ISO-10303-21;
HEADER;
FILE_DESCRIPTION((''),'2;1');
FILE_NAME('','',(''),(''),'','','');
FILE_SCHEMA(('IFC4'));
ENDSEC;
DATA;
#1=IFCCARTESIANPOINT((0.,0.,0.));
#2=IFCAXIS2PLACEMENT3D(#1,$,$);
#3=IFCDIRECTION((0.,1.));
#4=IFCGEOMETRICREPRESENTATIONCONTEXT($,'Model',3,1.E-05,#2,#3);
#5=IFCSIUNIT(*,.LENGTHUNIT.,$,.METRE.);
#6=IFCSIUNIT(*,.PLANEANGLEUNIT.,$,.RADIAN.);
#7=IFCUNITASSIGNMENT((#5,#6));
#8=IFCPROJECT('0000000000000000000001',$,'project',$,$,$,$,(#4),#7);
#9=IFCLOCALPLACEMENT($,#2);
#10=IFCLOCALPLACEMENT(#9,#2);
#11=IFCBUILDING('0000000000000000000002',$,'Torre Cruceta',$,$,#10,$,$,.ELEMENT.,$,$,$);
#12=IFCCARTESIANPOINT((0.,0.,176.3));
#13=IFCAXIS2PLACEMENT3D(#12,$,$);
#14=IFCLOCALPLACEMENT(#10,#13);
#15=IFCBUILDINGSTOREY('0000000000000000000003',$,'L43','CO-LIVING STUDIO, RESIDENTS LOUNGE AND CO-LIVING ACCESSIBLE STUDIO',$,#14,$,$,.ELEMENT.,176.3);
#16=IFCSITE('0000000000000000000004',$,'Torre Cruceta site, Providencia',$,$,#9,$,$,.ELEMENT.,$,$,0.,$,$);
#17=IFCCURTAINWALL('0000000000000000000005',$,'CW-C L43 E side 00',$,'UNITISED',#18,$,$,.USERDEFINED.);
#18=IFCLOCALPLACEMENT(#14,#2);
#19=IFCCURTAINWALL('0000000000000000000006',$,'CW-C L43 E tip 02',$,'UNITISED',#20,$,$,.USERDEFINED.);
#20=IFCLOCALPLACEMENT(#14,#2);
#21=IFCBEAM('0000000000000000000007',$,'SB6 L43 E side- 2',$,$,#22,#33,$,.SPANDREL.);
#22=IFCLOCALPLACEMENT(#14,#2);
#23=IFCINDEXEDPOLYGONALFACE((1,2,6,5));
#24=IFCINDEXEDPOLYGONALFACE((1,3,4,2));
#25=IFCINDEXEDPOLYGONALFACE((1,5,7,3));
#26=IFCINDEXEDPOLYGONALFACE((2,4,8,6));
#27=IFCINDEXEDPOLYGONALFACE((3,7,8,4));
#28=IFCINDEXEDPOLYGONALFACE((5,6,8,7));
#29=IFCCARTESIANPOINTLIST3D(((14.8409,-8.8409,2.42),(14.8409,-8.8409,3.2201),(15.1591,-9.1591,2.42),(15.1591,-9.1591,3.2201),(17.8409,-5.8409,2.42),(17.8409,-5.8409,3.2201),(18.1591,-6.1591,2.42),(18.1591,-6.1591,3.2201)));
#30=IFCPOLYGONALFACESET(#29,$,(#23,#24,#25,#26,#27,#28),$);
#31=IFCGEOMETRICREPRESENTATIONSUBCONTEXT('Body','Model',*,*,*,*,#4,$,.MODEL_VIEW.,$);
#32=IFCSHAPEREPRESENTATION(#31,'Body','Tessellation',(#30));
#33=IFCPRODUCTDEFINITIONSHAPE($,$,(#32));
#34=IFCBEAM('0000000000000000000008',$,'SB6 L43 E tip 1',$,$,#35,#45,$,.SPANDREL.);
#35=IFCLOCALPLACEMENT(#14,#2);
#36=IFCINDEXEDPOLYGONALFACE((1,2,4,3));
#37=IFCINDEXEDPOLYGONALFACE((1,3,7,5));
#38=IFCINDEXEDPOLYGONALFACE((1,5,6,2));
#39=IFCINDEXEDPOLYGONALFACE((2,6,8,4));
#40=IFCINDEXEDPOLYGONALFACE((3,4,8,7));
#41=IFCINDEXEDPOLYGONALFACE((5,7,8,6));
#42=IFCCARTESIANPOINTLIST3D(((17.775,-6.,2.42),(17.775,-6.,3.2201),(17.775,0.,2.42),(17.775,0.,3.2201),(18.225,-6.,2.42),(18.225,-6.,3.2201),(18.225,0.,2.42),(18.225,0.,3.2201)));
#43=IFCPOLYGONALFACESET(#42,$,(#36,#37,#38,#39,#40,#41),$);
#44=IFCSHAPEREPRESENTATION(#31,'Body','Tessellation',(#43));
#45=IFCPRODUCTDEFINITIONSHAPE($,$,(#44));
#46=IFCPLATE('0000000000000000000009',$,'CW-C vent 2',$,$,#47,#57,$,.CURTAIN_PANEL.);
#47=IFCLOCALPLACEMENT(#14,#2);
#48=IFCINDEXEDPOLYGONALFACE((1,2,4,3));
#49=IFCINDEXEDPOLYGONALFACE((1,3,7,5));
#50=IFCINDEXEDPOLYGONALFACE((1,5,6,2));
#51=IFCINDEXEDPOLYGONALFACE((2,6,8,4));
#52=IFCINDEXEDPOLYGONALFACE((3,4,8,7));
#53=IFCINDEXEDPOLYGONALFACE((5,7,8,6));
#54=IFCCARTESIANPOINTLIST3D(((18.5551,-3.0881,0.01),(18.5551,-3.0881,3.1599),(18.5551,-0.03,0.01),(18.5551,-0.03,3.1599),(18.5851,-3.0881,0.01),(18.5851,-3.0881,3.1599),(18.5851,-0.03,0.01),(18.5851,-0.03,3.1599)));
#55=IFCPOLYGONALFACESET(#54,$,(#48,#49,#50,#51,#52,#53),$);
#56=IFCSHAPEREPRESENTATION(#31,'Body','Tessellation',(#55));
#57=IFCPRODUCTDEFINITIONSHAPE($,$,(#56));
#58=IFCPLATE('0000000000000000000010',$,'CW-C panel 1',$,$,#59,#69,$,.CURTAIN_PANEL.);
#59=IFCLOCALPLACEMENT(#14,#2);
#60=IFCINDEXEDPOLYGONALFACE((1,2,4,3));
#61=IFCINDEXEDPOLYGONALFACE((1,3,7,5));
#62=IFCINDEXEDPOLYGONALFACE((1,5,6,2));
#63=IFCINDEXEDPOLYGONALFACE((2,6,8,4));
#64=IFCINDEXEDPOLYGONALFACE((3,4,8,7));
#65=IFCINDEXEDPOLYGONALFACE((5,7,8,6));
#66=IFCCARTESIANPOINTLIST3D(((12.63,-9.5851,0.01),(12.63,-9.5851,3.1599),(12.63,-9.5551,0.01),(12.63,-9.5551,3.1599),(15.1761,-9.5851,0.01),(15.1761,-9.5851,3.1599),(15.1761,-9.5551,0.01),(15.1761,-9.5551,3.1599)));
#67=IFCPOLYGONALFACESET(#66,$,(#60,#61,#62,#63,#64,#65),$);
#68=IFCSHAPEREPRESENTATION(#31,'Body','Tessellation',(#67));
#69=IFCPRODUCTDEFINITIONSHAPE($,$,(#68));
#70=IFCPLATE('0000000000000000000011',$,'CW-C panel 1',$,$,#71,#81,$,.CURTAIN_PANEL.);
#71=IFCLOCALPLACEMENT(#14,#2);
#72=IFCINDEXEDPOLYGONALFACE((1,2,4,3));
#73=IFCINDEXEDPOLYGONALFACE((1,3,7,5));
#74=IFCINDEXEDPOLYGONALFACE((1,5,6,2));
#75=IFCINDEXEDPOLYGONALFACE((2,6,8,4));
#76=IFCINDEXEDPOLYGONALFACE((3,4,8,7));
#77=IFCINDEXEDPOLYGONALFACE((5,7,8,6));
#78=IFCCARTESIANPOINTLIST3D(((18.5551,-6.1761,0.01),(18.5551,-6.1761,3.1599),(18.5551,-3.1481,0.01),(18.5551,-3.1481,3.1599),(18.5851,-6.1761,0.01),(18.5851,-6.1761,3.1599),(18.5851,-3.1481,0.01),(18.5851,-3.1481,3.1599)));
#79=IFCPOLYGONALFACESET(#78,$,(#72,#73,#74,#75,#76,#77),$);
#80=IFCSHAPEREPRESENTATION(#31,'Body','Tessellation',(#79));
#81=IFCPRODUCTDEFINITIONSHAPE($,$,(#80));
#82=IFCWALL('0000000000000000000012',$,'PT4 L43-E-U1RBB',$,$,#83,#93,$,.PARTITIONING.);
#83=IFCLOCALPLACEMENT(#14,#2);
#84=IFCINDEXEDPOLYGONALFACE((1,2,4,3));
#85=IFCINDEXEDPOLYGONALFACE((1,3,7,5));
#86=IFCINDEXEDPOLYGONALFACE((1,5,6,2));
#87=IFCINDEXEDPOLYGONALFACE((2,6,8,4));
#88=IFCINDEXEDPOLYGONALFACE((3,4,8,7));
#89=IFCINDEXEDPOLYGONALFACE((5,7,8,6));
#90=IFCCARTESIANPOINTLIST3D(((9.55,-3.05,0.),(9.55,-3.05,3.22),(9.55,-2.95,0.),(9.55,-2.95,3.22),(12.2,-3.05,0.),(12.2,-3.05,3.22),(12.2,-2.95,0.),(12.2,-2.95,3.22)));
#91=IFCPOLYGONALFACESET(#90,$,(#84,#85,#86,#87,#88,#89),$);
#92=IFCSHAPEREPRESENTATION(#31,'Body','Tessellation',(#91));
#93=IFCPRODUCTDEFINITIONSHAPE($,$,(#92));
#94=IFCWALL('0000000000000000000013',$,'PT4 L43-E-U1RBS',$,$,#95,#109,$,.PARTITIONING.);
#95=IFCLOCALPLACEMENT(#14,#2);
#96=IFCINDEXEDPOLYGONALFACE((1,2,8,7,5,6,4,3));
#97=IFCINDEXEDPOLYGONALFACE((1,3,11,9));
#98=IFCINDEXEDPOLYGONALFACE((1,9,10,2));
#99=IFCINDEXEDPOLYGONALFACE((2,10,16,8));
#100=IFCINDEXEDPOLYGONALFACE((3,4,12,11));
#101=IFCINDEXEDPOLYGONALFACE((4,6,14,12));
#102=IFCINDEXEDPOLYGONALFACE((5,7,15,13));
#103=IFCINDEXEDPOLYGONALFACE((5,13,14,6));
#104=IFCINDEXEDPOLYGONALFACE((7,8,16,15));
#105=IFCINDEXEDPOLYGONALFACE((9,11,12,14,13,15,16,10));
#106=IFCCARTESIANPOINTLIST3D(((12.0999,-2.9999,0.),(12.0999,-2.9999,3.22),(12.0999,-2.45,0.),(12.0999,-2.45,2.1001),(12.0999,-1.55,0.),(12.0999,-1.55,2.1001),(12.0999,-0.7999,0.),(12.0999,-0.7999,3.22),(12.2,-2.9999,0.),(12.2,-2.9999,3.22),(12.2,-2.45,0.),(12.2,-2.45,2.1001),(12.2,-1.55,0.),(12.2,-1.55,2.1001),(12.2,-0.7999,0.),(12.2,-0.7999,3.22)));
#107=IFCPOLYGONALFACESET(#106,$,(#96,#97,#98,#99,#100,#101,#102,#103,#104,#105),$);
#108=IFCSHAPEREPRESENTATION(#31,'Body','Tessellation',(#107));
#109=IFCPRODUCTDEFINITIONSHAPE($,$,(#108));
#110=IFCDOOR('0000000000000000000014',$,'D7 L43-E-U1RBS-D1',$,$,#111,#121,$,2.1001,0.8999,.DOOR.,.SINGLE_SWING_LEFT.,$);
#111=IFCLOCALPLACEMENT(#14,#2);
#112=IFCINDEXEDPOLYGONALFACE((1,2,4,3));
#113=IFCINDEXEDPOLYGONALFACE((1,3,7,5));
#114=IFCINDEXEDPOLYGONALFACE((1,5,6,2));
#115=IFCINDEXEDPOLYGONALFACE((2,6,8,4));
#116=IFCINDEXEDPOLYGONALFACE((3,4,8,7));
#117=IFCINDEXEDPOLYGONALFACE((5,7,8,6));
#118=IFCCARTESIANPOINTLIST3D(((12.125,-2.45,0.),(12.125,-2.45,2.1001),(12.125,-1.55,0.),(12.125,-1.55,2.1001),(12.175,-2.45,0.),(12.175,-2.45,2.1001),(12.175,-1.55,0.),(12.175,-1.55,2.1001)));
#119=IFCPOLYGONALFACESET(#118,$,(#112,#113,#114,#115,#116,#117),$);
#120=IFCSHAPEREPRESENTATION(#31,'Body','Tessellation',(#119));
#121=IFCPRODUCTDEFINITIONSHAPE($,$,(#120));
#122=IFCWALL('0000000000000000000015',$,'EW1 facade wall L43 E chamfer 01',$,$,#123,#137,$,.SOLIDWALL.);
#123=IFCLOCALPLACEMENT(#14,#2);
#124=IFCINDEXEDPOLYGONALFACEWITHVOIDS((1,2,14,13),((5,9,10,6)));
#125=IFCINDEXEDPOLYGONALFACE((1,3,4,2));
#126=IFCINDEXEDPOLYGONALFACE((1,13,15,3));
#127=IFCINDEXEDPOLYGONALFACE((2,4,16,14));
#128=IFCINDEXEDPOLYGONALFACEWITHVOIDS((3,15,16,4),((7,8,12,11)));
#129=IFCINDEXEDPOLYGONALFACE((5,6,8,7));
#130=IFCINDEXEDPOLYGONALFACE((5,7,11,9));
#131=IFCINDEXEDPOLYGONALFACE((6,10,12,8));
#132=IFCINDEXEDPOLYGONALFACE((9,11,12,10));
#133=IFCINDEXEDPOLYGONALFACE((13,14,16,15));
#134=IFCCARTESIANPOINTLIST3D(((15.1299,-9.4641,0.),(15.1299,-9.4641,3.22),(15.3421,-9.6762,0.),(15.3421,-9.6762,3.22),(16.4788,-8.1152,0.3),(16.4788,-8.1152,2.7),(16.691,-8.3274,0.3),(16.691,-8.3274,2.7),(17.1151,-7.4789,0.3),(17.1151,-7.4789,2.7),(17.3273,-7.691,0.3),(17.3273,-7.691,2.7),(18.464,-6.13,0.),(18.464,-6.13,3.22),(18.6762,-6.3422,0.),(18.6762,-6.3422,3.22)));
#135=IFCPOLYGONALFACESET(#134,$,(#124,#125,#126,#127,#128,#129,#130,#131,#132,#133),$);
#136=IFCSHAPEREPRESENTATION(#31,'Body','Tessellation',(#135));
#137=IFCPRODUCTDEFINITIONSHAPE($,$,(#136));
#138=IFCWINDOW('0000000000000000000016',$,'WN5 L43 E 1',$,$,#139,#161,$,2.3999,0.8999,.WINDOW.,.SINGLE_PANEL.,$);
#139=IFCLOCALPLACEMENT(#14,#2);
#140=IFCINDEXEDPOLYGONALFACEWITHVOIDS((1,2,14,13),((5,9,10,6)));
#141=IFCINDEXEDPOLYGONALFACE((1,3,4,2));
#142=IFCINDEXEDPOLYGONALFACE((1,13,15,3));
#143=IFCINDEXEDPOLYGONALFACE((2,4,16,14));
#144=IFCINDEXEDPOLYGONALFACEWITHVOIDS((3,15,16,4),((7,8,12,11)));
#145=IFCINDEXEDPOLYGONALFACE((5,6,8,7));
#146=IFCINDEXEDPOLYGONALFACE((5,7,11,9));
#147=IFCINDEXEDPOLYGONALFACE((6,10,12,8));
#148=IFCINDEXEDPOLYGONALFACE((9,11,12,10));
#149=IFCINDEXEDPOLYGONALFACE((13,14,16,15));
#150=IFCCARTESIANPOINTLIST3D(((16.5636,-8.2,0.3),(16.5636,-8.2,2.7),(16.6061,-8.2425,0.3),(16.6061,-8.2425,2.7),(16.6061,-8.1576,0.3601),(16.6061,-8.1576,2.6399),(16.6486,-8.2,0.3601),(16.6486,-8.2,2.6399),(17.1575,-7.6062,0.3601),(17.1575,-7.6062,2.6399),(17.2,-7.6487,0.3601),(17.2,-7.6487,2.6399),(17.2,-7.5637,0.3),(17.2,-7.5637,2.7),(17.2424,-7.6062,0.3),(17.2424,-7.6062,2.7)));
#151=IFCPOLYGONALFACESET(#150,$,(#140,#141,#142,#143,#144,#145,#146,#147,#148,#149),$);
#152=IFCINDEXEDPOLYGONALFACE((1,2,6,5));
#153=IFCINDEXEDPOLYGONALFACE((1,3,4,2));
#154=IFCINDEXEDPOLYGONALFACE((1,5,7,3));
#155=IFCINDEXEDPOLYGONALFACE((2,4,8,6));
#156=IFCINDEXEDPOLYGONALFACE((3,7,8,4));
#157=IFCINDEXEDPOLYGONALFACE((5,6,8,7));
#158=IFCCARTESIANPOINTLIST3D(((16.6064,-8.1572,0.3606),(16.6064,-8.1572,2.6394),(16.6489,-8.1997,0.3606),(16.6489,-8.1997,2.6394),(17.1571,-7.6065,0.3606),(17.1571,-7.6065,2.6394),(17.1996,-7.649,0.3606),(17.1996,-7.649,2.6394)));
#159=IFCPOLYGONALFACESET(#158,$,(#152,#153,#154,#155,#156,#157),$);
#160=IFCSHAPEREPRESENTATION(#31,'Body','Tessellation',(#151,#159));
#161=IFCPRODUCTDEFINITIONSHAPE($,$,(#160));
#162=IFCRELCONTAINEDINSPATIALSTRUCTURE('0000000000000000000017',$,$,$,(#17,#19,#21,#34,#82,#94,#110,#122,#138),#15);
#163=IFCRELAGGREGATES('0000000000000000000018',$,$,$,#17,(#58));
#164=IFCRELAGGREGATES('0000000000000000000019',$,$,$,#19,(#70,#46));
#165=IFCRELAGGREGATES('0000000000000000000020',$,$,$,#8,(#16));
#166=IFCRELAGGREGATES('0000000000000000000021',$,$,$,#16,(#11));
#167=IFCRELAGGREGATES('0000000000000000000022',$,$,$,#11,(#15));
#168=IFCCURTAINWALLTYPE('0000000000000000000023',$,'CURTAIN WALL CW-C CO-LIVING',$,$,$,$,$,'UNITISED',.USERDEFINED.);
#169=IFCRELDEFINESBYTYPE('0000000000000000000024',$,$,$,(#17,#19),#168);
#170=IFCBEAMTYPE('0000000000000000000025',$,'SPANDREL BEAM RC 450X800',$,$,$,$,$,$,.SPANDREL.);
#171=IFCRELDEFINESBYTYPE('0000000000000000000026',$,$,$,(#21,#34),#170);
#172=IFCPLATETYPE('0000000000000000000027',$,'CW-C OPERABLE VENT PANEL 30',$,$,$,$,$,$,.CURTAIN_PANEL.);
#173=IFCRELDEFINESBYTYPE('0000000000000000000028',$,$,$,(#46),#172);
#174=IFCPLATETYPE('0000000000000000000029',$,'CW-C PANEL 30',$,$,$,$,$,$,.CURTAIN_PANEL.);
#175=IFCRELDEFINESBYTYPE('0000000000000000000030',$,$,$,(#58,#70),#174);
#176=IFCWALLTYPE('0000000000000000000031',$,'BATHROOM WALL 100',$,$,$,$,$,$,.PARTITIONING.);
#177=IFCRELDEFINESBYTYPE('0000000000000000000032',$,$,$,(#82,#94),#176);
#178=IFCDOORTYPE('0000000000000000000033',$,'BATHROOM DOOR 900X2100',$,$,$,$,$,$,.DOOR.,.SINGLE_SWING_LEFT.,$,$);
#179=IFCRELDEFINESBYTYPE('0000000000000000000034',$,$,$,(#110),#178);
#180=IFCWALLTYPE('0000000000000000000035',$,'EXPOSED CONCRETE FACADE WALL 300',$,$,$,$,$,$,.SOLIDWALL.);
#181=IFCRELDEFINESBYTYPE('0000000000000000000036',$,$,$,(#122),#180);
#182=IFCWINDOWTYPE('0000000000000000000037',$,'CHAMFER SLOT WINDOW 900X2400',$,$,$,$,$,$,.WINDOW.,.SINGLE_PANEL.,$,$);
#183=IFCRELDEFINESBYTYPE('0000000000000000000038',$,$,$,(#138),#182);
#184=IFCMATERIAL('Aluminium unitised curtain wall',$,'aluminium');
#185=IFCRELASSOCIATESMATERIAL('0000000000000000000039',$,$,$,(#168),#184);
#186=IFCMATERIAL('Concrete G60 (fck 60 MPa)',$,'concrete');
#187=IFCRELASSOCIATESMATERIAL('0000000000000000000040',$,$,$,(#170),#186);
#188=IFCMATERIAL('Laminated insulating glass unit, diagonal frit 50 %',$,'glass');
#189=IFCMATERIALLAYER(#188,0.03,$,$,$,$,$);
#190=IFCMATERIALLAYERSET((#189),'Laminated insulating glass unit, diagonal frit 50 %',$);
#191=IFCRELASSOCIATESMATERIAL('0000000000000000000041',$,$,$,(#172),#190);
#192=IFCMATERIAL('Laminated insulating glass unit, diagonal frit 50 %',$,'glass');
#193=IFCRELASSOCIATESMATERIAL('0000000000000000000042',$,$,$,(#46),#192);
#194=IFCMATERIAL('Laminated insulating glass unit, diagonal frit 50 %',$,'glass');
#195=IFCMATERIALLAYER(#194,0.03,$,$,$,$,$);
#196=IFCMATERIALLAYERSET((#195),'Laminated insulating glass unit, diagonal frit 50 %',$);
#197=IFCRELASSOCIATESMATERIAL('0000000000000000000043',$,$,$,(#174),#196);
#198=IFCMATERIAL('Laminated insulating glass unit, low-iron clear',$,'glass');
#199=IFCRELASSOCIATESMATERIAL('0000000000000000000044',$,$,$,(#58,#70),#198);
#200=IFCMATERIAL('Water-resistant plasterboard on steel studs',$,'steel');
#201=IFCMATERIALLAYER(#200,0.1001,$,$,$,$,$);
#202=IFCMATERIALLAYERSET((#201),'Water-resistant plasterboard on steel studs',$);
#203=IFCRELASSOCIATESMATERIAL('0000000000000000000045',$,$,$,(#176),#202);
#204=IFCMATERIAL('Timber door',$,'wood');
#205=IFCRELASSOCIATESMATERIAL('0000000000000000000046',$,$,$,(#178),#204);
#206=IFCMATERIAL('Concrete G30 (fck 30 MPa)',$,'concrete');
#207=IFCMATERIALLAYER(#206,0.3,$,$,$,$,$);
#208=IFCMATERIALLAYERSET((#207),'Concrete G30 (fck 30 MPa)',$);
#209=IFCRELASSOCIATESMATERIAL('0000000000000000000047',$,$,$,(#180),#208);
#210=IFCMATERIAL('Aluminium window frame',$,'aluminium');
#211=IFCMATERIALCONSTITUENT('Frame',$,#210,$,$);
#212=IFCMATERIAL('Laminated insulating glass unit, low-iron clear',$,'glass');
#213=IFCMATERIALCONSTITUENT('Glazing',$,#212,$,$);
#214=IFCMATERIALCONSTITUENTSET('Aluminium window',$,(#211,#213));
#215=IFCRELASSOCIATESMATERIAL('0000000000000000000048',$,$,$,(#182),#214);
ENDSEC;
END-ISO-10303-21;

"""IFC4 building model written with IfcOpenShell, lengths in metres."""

from ifc_helpers import new_model, si_unit, direction, frame, frame_2d, origin, origin_2d, place, context, subcontext, project, spatial, rectangle, hollow_rectangle, extrude, material, layer, layer_set, constituent, constituent_set, material_profile, profile_set, type_object, element, fill, aggregate, save


model = new_model("IFC4")

# Units and contexts
model_context = context("Model", 3, precision=1e-05, world=origin(), true_north=direction((0.0, 1.0)))
body_context = subcontext(model_context, "Body", "Model", "MODEL_VIEW")
ifc_project = project(units=[si_unit("LENGTHUNIT", "METRE"), si_unit("PLANEANGLEUNIT", "RADIAN")], contexts=[model_context])

# Site, building, storey
site_placement = place(None, origin())
site = spatial("IfcSite", under=ifc_project, at=site_placement, Name="Torre Cruceta site, Providencia", CompositionType="ELEMENT", RefElevation=0.0)
building_placement = place(site_placement, origin())
building = spatial("IfcBuilding", under=site, at=building_placement, Name="Torre Cruceta", CompositionType="ELEMENT")
storey_placement = place(building_placement, frame((0.0, 0.0, 176.3)))
storey = spatial("IfcBuildingStorey", under=building, at=storey_placement, Name="L43", Description="CO-LIVING STUDIO, RESIDENTS LOUNGE AND CO-LIVING ACCESSIBLE STUDIO", CompositionType="ELEMENT", Elevation=176.3)

# Curtain walls
ifc_material_1 = material(Name="Aluminium unitised curtain wall", Category="aluminium")
curtain_wall_type = type_object("IfcCurtainWallType", Name="CURTAIN WALL CW-C CO-LIVING", ElementType="UNITISED", PredefinedType="USERDEFINED", material=ifc_material_1)
curtain_wall_1_placement = place(storey_placement, origin())
curtain_wall_1 = element("IfcCurtainWall", 1, at=curtain_wall_1_placement, inside=storey, type_object=curtain_wall_type, Name="CW-C L43 E side 00", ObjectType="UNITISED", PredefinedType="USERDEFINED")
curtain_wall_2_placement = place(storey_placement, origin())
curtain_wall_2 = element("IfcCurtainWall", 2, at=curtain_wall_2_placement, inside=storey, type_object=curtain_wall_type, Name="CW-C L43 E tip 02", ObjectType="UNITISED", PredefinedType="USERDEFINED")

# Beams
ifc_material_2 = material(Name="Concrete G60 (fck 60 MPa)", Category="concrete")
ifc_material_profile_1 = material_profile(ifc_material_2, rectangle(XDim=0.45, YDim=0.8, at=origin_2d()), Name="RC 450X800")
ifc_profile_set_1 = profile_set([ifc_material_profile_1], Name="Concrete G60 (fck 60 MPa)")
beam_type_1 = type_object("IfcBeamType", Name="SPANDREL BEAM RC 450X800", PredefinedType="SPANDREL", material=ifc_profile_set_1)
beam_1_placement = place(storey_placement, frame((15.0, -9.0, 2.8201), z_axis=(0.707107, 0.707107, 0.0), x_axis=(-0.707107, 0.707107, 0.0)))
element("IfcBeam", 3, at=beam_1_placement, inside=storey, type_object=beam_type_1, Name="SB6 L43 E side- 2", PredefinedType="SPANDREL", context=body_context, shape_type="SweptSolid", body=[
    extrude(rectangle(XDim=0.45, YDim=0.8, at=origin_2d()), origin(), (0.0, 0.0, 1.0), 4.2427),
])
beam_2_placement = place(storey_placement, frame((18.0, -6.0, 2.8201), z_axis=(0.0, 1.0, 0.0), x_axis=(-1.0, 0.0, 0.0)))
element("IfcBeam", 4, at=beam_2_placement, inside=storey, type_object=beam_type_1, Name="SB6 L43 E tip 1", PredefinedType="SPANDREL", context=body_context, shape_type="SweptSolid", body=[
    extrude(rectangle(XDim=0.45, YDim=0.8, at=origin_2d()), origin(), (0.0, 0.0, 1.0), 6.0),
])

# Plates
ifc_material_3 = material(Name="Laminated insulating glass unit, diagonal frit 50 %", Category="glass")
ifc_material_4 = material(Name="Laminated insulating glass unit, diagonal frit 50 %", Category="glass")
ifc_layer_1 = layer(ifc_material_4, 0.03)
ifc_layer_set_1 = layer_set([ifc_layer_1], Name="Laminated insulating glass unit, diagonal frit 50 %")
plate_type_1 = type_object("IfcPlateType", Name="CW-C OPERABLE VENT PANEL 30", PredefinedType="CURTAIN_PANEL", material=ifc_layer_set_1)
plate_1_placement = place(storey_placement, frame((18.5701, -1.5591, 0.01), z_axis=(0.0, 0.0, 1.0), x_axis=(0.0, 1.0, 0.0)))
plate_1 = element("IfcPlate", 5, at=plate_1_placement, type_object=plate_type_1, material=ifc_material_3, Name="CW-C vent 2", PredefinedType="CURTAIN_PANEL", context=body_context, shape_type="SweptSolid", body=[
    extrude(rectangle(XDim=3.0581, YDim=0.03, at=origin_2d()), origin(), (0.0, 0.0, 1.0), 3.1499),
])
ifc_material_5 = material(Name="Laminated insulating glass unit, low-iron clear", Category="glass")
ifc_material_6 = material(Name="Laminated insulating glass unit, diagonal frit 50 %", Category="glass")
ifc_layer_2 = layer(ifc_material_6, 0.03)
ifc_layer_set_2 = layer_set([ifc_layer_2], Name="Laminated insulating glass unit, diagonal frit 50 %")
plate_type_2 = type_object("IfcPlateType", Name="CW-C PANEL 30", PredefinedType="CURTAIN_PANEL", material=ifc_layer_set_2)
plate_2_placement = place(storey_placement, frame((13.9031, -9.5701, 0.01), z_axis=(0.0, 0.0, 1.0), x_axis=(1.0, 0.0, 0.0)))
plate_2 = element("IfcPlate", 6, at=plate_2_placement, type_object=plate_type_2, material=ifc_material_5, Name="CW-C panel 1", PredefinedType="CURTAIN_PANEL", context=body_context, shape_type="SweptSolid", body=[
    extrude(rectangle(XDim=2.5461, YDim=0.03, at=origin_2d()), origin(), (0.0, 0.0, 1.0), 3.1499),
])
aggregate(curtain_wall_1, [plate_2])
plate_3_placement = place(storey_placement, frame((18.5701, -4.6621, 0.01), z_axis=(0.0, 0.0, 1.0), x_axis=(0.0, 1.0, 0.0)))
plate_3 = element("IfcPlate", 7, at=plate_3_placement, type_object=plate_type_2, material=ifc_material_5, Name="CW-C panel 1", PredefinedType="CURTAIN_PANEL", context=body_context, shape_type="SweptSolid", body=[
    extrude(rectangle(XDim=3.0281, YDim=0.03, at=origin_2d()), origin(), (0.0, 0.0, 1.0), 3.1499),
])
aggregate(curtain_wall_2, [plate_3, plate_1])

# Wall
ifc_material_7 = material(Name="Water-resistant plasterboard on steel studs", Category="steel")
ifc_layer_3 = layer(ifc_material_7, 0.1001)
ifc_layer_set_3 = layer_set([ifc_layer_3], Name="Water-resistant plasterboard on steel studs")
wall_type_1 = type_object("IfcWallType", Name="BATHROOM WALL 100", PredefinedType="PARTITIONING", material=ifc_layer_set_3)
wall_1_placement = place(storey_placement, frame((9.55, -3.0, 0.0), z_axis=(0.0, 0.0, 1.0), x_axis=(1.0, 0.0, 0.0)))
element("IfcWall", 8, at=wall_1_placement, inside=storey, type_object=wall_type_1, Name="PT4 L43-E-U1RBB", PredefinedType="PARTITIONING", context=body_context, shape_type="SweptSolid", body=[
    extrude(rectangle(XDim=2.6499, YDim=0.1001, at=frame_2d((1.325, 0.0))), origin(), (0.0, 0.0, 1.0), 3.22),
])

# Wall, opening, door
wall_2_placement = place(storey_placement, frame((12.1499, -3.0, 0.0), z_axis=(0.0, 0.0, 1.0), x_axis=(0.0, 1.0, 0.0)))
wall_2 = element("IfcWall", 9, at=wall_2_placement, inside=storey, type_object=wall_type_1, Name="PT4 L43-E-U1RBS", PredefinedType="PARTITIONING", context=body_context, shape_type="SweptSolid", body=[
    extrude(rectangle(XDim=2.2, YDim=0.1001, at=frame_2d((1.1001, 0.0))), origin(), (0.0, 0.0, 1.0), 3.22),
])
opening_1_placement = place(wall_2_placement, frame((0.55, 0.0, 0.0)))
opening_1 = element("IfcOpeningElement", 10, at=opening_1_placement, cuts=wall_2, PredefinedType="OPENING", context=body_context, shape_type="SweptSolid", body=[
    extrude(rectangle(XDim=0.8999, YDim=2.1001, at=frame_2d((0.45, 1.05))), frame((0.0, 0.0601, 0.0), z_axis=(0.0, -1.0, 0.0), x_axis=(1.0, 0.0, 0.0)), (0.0, 0.0, 1.0), 0.1201),
])
ifc_material_8 = material(Name="Timber door", Category="wood")
door_type_1 = type_object("IfcDoorType", Name="BATHROOM DOOR 900X2100", OperationType="SINGLE_SWING_LEFT", PredefinedType="DOOR", material=ifc_material_8)
door_1_placement = place(opening_1_placement, origin())
door_1 = element("IfcDoor", 11, at=door_1_placement, inside=storey, type_object=door_type_1, Name="D7 L43-E-U1RBS-D1", OperationType="SINGLE_SWING_LEFT", OverallHeight=2.1001, OverallWidth=0.8999, PredefinedType="DOOR", context=body_context, shape_type="SweptSolid", body=[
    extrude(rectangle(XDim=0.8999, YDim=2.1001, at=frame_2d((0.45, 1.05))), frame((0.0, 0.0249, 0.0), z_axis=(0.0, -1.0, 0.0), x_axis=(1.0, 0.0, 0.0)), (0.0, 0.0, 1.0), 0.05),
])
fill(opening_1, door_1)

# Wall, opening, window
ifc_material_9 = material(Name="Concrete G30 (fck 30 MPa)", Category="concrete")
ifc_layer_4 = layer(ifc_material_9, 0.3)
ifc_layer_set_4 = layer_set([ifc_layer_4], Name="Concrete G30 (fck 30 MPa)")
wall_type_2 = type_object("IfcWallType", Name="EXPOSED CONCRETE FACADE WALL 300", PredefinedType="SOLIDWALL", material=ifc_layer_set_4)
wall_3_placement = place(storey_placement, frame((15.2361, -9.5701, 0.0), z_axis=(0.0, 0.0, 1.0), x_axis=(0.707107, 0.707107, 0.0)))
wall_3 = element("IfcWall", 12, at=wall_3_placement, inside=storey, type_object=wall_type_2, Name="EW1 facade wall L43 E chamfer 01", PredefinedType="SOLIDWALL", context=body_context, shape_type="SweptSolid", body=[
    extrude(rectangle(XDim=4.7151, YDim=0.3, at=frame_2d((2.3574, 0.0))), origin(), (0.0, 0.0, 1.0), 3.22),
])
opening_2_placement = place(wall_3_placement, frame((1.9075, 0.0, 0.3)))
opening_2 = element("IfcOpeningElement", 13, at=opening_2_placement, cuts=wall_3, PredefinedType="OPENING", context=body_context, shape_type="SweptSolid", body=[
    extrude(rectangle(XDim=0.8999, YDim=2.3999, at=frame_2d((0.45, 1.2))), frame((0.0, 0.1599, 0.0), z_axis=(0.0, -1.0, 0.0), x_axis=(1.0, 0.0, 0.0)), (0.0, 0.0, 1.0), 0.3201),
])
ifc_material_10 = material(Name="Aluminium window frame", Category="aluminium")
ifc_constituent_1 = constituent(ifc_material_10, Name="Frame")
ifc_material_11 = material(Name="Laminated insulating glass unit, low-iron clear", Category="glass")
ifc_constituent_2 = constituent(ifc_material_11, Name="Glazing")
ifc_constituent_set_1 = constituent_set(constituents=[ifc_constituent_1, ifc_constituent_2], Name="Aluminium window")
window_type = type_object("IfcWindowType", Name="CHAMFER SLOT WINDOW 900X2400", PartitioningType="SINGLE_PANEL", PredefinedType="WINDOW", material=ifc_constituent_set_1)
window_placement = place(opening_2_placement, origin())
window = element("IfcWindow", 14, at=window_placement, inside=storey, type_object=window_type, Name="WN5 L43 E 1", OverallHeight=2.3999, OverallWidth=0.8999, PartitioningType="SINGLE_PANEL", PredefinedType="WINDOW", context=body_context, shape_type="SweptSolid", body=[
    extrude(hollow_rectangle(XDim=0.8999, YDim=2.3999, WallThickness=0.0601, at=frame_2d((0.45, 1.2))), frame((0.0, 0.03, 0.0), z_axis=(0.0, -1.0, 0.0), x_axis=(1.0, 0.0, 0.0)), (0.0, 0.0, 1.0), 0.0601),
    extrude(rectangle(XDim=0.7788, YDim=2.2788, at=frame_2d((0.45, 1.2))), frame((0.0, 0.03, 0.0), z_axis=(0.0, -1.0, 0.0), x_axis=(1.0, 0.0, 0.0)), (0.0, 0.0, 1.0), 0.0601),
])
fill(opening_2, window)

save(model, "model.ifc")
